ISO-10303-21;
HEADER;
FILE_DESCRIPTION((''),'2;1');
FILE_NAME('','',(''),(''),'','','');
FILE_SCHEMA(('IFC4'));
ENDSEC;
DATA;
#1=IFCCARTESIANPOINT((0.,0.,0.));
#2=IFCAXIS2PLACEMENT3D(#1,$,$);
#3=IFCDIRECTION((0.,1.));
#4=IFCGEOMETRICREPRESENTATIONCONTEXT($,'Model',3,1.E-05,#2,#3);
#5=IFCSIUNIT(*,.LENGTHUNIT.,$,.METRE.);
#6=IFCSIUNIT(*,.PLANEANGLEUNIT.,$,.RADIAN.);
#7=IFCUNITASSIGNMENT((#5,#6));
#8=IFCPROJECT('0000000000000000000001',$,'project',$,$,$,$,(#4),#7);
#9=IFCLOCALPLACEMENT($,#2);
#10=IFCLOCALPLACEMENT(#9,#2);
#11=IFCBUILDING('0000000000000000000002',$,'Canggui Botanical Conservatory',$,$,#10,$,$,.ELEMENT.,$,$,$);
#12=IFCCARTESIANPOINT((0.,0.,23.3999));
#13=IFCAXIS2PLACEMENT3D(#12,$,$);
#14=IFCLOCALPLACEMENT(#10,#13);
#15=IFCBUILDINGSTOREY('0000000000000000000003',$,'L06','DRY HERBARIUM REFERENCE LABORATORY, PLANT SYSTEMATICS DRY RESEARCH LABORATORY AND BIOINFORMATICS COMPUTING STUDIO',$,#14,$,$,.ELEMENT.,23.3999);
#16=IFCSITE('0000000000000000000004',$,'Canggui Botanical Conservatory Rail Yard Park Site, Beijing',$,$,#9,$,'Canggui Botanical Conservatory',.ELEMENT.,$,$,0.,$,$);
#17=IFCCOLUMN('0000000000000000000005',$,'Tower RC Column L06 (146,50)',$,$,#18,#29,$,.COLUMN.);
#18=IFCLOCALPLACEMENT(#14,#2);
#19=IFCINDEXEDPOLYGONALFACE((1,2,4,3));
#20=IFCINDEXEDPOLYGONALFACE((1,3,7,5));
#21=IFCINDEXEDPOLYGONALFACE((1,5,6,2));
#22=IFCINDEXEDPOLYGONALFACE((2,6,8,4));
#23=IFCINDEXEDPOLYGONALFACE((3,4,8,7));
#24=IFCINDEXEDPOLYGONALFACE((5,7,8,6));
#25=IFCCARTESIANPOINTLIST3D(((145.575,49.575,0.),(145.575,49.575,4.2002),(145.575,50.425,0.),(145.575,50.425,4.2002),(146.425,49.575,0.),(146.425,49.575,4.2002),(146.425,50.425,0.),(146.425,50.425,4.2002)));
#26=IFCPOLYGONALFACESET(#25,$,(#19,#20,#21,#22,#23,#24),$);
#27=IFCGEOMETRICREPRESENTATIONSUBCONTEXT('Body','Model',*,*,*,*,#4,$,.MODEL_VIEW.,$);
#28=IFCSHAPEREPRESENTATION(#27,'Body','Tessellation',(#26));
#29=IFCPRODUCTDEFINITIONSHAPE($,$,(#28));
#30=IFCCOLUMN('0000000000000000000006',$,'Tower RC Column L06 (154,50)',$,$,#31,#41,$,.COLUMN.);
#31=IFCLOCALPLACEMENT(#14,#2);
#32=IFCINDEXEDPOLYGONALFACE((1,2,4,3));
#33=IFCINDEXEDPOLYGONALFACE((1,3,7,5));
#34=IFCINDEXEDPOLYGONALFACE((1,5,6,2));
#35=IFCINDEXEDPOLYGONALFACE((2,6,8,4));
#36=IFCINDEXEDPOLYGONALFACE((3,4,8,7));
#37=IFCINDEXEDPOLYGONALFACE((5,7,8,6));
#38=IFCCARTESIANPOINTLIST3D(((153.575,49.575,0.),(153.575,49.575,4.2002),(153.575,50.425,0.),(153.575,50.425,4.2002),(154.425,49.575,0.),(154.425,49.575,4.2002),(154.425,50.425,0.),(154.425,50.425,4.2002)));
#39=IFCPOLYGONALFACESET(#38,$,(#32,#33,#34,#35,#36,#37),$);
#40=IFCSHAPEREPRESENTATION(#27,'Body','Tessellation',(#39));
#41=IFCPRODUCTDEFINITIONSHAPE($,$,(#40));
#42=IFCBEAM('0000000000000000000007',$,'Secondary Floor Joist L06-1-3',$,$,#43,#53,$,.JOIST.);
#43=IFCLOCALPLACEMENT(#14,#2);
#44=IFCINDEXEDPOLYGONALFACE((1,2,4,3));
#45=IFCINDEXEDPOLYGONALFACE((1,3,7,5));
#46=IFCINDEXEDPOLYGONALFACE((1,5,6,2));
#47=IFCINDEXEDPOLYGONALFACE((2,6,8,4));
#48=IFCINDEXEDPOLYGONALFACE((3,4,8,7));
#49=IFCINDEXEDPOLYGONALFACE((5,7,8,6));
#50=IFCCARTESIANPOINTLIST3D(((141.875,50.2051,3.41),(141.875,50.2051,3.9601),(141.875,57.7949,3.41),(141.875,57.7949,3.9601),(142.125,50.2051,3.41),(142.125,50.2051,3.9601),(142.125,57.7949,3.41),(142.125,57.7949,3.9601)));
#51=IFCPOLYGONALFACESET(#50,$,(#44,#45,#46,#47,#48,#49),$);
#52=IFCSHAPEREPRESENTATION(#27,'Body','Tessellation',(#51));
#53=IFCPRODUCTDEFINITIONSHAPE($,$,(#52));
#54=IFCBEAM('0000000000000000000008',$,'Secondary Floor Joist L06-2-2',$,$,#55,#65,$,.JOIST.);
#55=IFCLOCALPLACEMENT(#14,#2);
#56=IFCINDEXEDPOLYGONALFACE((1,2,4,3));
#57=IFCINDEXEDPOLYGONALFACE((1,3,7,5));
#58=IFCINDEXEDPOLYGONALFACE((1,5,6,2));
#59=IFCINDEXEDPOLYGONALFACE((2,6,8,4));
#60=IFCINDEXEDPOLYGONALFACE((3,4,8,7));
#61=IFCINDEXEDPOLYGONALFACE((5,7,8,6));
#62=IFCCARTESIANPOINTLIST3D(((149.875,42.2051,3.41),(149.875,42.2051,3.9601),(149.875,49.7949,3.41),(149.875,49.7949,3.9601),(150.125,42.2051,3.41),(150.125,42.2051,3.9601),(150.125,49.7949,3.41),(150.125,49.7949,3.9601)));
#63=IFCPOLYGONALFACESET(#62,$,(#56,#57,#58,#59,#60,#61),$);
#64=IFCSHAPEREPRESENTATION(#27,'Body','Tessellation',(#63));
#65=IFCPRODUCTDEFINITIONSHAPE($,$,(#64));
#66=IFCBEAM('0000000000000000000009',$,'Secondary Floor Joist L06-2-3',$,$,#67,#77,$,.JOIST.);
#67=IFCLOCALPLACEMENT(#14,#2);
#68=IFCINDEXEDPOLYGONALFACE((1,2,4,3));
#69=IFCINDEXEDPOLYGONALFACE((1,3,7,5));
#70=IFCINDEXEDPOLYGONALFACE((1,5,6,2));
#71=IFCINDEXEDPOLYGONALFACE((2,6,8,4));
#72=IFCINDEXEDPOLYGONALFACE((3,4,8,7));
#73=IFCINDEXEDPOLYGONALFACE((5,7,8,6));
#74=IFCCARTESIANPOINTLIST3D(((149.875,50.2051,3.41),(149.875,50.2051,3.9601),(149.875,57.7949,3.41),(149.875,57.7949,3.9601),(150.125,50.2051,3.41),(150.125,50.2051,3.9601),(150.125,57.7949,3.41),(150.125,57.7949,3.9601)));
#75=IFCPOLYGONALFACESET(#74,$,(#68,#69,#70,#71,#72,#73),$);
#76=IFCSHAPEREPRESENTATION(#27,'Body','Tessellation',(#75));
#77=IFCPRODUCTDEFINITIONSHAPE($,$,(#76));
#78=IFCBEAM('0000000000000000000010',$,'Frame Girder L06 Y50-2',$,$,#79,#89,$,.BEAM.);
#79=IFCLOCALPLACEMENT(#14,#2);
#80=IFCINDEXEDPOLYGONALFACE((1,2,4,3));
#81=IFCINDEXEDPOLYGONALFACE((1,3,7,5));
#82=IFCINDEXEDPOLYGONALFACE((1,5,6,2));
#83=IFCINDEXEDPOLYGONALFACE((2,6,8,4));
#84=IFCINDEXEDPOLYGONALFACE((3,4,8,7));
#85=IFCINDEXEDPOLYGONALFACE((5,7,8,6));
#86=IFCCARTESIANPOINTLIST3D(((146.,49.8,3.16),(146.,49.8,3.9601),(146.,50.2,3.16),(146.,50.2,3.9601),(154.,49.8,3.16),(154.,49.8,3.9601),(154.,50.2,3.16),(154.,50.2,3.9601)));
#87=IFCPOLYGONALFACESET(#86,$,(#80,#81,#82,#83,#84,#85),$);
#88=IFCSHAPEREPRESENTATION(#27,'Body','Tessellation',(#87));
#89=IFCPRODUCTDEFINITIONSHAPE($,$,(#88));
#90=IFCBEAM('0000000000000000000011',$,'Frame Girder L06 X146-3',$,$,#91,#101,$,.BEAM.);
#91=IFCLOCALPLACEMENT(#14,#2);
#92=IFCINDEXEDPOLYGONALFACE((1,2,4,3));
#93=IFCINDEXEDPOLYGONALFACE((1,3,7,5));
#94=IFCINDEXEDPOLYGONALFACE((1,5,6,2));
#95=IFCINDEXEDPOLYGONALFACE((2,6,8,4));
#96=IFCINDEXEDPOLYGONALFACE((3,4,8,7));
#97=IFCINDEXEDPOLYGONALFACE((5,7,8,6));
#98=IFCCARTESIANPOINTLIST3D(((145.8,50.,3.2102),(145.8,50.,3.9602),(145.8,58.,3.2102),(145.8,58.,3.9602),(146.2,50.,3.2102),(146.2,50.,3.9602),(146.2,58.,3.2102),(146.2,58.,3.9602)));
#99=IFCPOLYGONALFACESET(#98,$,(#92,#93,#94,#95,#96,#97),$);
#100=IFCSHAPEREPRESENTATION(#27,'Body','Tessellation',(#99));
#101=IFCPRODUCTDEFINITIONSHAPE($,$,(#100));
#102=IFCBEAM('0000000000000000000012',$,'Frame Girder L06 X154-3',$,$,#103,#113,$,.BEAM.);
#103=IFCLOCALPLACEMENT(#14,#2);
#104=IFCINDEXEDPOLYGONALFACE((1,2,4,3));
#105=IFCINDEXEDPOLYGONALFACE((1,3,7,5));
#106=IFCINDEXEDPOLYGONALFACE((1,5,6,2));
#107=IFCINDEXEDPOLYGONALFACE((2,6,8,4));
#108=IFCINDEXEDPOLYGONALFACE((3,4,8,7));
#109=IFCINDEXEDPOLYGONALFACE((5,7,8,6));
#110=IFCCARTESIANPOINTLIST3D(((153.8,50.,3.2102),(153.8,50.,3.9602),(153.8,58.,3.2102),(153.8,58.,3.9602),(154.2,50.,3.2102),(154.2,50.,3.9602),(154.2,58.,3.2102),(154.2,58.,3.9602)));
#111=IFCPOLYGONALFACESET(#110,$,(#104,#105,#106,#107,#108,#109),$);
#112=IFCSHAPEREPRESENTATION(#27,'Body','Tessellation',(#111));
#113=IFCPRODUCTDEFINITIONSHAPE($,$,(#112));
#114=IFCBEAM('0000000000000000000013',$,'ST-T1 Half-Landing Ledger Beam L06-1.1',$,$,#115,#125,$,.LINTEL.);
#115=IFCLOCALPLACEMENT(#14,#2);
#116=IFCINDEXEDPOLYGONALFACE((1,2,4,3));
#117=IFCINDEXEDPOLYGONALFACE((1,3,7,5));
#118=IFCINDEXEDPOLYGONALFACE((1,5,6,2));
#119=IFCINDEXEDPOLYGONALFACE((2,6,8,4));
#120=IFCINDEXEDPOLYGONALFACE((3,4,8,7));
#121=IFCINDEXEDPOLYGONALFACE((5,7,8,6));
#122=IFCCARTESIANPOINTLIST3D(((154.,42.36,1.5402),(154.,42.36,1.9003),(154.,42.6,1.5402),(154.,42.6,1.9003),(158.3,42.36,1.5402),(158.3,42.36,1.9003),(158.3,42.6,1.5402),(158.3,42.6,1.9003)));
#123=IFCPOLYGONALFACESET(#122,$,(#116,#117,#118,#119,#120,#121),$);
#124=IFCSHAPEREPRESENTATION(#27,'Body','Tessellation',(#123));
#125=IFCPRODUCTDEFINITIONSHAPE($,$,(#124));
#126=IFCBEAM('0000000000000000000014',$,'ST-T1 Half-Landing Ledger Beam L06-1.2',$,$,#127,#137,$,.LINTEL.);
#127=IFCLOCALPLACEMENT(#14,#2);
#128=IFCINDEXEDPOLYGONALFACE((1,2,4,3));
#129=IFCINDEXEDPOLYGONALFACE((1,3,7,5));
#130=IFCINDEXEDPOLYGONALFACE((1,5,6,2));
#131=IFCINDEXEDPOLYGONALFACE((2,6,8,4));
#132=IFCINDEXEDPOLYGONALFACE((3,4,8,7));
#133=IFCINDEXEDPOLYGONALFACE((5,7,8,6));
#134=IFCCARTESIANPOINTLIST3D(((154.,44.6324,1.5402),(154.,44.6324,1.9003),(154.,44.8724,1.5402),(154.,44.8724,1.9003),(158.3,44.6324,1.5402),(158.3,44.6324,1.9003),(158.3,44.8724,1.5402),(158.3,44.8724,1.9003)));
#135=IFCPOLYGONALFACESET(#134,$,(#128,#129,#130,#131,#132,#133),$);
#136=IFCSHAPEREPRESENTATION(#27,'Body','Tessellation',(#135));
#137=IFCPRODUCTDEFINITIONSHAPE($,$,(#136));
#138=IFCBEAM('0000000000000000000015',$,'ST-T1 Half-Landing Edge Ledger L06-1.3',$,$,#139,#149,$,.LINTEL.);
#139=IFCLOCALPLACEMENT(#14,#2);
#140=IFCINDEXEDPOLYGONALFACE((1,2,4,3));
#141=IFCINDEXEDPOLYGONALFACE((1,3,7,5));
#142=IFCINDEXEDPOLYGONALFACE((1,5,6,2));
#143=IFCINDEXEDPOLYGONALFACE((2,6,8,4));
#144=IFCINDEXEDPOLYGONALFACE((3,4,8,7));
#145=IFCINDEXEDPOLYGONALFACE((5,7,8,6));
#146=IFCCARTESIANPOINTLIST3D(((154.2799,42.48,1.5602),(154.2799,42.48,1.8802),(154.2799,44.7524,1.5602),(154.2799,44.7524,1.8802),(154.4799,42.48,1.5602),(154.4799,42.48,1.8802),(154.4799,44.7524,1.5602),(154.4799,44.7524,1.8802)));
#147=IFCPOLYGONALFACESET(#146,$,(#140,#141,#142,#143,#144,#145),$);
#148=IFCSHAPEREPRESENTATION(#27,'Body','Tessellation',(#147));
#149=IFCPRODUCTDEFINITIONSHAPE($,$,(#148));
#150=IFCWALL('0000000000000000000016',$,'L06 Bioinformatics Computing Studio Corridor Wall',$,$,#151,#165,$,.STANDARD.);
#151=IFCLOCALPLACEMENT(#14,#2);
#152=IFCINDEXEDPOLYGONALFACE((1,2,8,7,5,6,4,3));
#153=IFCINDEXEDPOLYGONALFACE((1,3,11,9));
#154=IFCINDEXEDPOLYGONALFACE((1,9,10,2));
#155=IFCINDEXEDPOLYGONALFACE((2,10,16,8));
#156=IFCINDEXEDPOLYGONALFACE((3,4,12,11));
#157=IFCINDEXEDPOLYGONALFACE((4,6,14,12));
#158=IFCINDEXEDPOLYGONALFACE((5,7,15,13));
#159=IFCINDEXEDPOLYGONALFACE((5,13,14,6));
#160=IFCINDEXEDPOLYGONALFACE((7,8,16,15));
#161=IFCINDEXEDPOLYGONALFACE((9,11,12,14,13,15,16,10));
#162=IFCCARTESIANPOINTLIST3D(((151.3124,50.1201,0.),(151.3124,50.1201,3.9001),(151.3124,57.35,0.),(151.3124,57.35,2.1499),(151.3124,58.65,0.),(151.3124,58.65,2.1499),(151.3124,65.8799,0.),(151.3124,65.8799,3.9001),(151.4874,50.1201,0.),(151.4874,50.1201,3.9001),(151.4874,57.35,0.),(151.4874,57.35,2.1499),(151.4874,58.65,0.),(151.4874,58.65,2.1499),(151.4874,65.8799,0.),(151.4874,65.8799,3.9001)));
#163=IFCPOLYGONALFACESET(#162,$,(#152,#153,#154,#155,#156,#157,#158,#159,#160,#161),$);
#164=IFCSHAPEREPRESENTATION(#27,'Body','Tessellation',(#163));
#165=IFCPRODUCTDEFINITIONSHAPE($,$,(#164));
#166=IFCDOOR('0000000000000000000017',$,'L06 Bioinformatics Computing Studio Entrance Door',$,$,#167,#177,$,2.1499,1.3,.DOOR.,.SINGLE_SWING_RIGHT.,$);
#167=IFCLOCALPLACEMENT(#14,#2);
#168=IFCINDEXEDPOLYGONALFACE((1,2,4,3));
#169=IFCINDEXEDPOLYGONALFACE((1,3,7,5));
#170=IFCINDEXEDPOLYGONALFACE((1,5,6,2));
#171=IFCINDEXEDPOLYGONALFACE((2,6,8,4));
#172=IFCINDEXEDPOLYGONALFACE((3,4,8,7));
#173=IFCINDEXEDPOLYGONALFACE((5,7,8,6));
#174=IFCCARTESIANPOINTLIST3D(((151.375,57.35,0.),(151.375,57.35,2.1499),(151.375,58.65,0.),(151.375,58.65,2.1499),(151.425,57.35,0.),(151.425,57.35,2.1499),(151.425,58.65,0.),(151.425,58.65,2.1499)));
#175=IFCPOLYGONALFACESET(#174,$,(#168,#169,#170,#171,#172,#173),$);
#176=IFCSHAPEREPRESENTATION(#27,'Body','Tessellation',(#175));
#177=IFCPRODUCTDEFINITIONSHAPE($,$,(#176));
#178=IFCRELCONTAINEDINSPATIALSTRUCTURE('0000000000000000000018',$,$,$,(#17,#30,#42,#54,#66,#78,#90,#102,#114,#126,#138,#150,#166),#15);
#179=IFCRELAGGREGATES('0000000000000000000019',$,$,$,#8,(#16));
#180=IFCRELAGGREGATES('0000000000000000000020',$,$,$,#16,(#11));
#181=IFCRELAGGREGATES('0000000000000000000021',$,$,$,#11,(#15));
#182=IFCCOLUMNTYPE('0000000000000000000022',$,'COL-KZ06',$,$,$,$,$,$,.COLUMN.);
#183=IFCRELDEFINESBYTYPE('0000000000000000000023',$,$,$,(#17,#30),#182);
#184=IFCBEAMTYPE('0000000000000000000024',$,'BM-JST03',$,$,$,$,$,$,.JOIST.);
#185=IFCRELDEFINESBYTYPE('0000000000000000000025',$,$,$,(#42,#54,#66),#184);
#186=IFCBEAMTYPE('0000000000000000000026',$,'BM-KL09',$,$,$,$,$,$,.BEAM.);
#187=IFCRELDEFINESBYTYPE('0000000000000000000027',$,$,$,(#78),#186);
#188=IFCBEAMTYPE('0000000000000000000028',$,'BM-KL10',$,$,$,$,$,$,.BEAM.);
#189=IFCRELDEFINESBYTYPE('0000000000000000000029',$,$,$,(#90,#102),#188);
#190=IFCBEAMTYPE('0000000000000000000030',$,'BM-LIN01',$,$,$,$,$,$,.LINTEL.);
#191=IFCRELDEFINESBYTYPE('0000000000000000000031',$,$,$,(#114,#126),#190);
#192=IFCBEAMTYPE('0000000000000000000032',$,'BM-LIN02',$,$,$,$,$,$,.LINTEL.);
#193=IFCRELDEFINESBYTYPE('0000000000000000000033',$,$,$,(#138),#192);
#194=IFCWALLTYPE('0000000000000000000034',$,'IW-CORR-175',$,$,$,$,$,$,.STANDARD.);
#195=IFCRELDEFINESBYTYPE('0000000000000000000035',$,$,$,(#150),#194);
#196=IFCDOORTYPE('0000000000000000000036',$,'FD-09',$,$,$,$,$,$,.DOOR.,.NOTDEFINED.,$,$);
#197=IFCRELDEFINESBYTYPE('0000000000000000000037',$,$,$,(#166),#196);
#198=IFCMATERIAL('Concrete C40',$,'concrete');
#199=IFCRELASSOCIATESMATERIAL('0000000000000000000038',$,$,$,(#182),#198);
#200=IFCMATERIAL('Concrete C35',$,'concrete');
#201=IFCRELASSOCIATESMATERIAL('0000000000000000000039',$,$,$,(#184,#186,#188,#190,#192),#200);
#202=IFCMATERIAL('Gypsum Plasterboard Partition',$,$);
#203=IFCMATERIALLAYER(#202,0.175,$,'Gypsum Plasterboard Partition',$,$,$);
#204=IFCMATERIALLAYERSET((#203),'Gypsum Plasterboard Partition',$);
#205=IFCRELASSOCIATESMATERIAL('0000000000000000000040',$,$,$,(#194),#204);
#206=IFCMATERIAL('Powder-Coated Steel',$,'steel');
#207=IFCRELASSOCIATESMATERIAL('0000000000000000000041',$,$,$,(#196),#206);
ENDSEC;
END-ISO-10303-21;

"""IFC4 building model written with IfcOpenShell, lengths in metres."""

from ifc_helpers import new_model, si_unit, direction, frame, frame_2d, origin, origin_2d, place, context, subcontext, project, spatial, rectangle, extrude, material, layer, layer_set, material_profile, profile_set, type_object, element, fill, save


model = new_model("IFC4")

# Units and contexts
model_context = context("Model", 3, precision=1e-05, world=origin(), true_north=direction((0.0, 1.0)))
body_context = subcontext(model_context, "Body", "Model", "MODEL_VIEW")
ifc_project = project(units=[si_unit("LENGTHUNIT", "METRE"), si_unit("PLANEANGLEUNIT", "RADIAN")], contexts=[model_context])

# Site, building, storey
site_placement = place(None, origin())
site = spatial("IfcSite", under=ifc_project, at=site_placement, Name="Canggui Botanical Conservatory Rail Yard Park Site, Beijing", LongName="Canggui Botanical Conservatory", CompositionType="ELEMENT", RefElevation=0.0)
building_placement = place(site_placement, origin())
building = spatial("IfcBuilding", under=site, at=building_placement, Name="Canggui Botanical Conservatory", CompositionType="ELEMENT")
storey_placement = place(building_placement, frame((0.0, 0.0, 23.3999)))
storey = spatial("IfcBuildingStorey", under=building, at=storey_placement, Name="L06", Description="DRY HERBARIUM REFERENCE LABORATORY, PLANT SYSTEMATICS DRY RESEARCH LABORATORY AND BIOINFORMATICS COMPUTING STUDIO", CompositionType="ELEMENT", Elevation=23.3999)

# Columns
ifc_material_1 = material(Name="Concrete C40", Category="concrete")
ifc_material_profile_1 = material_profile(ifc_material_1, rectangle(XDim=0.8501, YDim=0.8501, at=origin_2d()), Name="RC 850x850")
ifc_profile_set_1 = profile_set([ifc_material_profile_1], Name="Concrete C40")
column_type = type_object("IfcColumnType", Name="COL-KZ06", PredefinedType="COLUMN", material=ifc_profile_set_1)
for number, where, z_axis, x_axis, name in (
    (1, (146.0, 50.0, 0.0), (0.0, 0.0, 1.0), (1.0, 0.0, 0.0), "Tower RC Column L06 (146,50)"),
    (2, (154.0, 50.0, 0.0), (0.0, 0.0, 1.0), (1.0, 0.0, 0.0), "Tower RC Column L06 (154,50)"),
):
    element("IfcColumn", number, at=place(storey_placement, frame(where, z_axis=z_axis, x_axis=x_axis)), inside=storey, type_object=column_type, Name=name, PredefinedType="COLUMN", context=body_context, shape_type="SweptSolid", body=[
        extrude(rectangle(XDim=0.8501, YDim=0.8501, at=origin_2d()), origin(), (0.0, 0.0, 1.0), 4.2002),
    ])

# Beams
ifc_material_2 = material(Name="Concrete C35", Category="concrete")
ifc_material_profile_2 = material_profile(ifc_material_2, rectangle(XDim=0.25, YDim=0.55, at=origin_2d()), Name="RB 250x550")
ifc_profile_set_2 = profile_set([ifc_material_profile_2], Name="Concrete C35")
beam_type_1 = type_object("IfcBeamType", Name="BM-JST03", PredefinedType="JOIST", material=ifc_profile_set_2)
for number, where, z_axis, x_axis, name in (
    (3, (142.0, 50.2051, 3.6851), (0.0, 1.0, 0.0), (-1.0, 0.0, 0.0), "Secondary Floor Joist L06-1-3"),
    (4, (150.0, 42.2051, 3.6851), (0.0, 1.0, 0.0), (-1.0, 0.0, 0.0), "Secondary Floor Joist L06-2-2"),
    (5, (150.0, 50.2051, 3.6851), (0.0, 1.0, 0.0), (-1.0, 0.0, 0.0), "Secondary Floor Joist L06-2-3"),
):
    element("IfcBeam", number, at=place(storey_placement, frame(where, z_axis=z_axis, x_axis=x_axis)), inside=storey, type_object=beam_type_1, Name=name, PredefinedType="JOIST", context=body_context, shape_type="SweptSolid", body=[
        extrude(rectangle(XDim=0.25, YDim=0.55, at=origin_2d()), origin(), (0.0, 0.0, 1.0), 7.5898),
    ])
ifc_material_profile_3 = material_profile(ifc_material_2, rectangle(XDim=0.3999, YDim=0.8, at=origin_2d()), Name="RB 400x800")
ifc_profile_set_3 = profile_set([ifc_material_profile_3], Name="Concrete C35")
beam_type_2 = type_object("IfcBeamType", Name="BM-KL09", PredefinedType="BEAM", material=ifc_profile_set_3)
beam_1_placement = place(storey_placement, frame((146.0, 50.0, 3.5601), z_axis=(1.0, 0.0, 0.0), x_axis=(0.0, 1.0, 0.0)))
element("IfcBeam", 6, at=beam_1_placement, inside=storey, type_object=beam_type_2, Name="Frame Girder L06 Y50-2", PredefinedType="BEAM", context=body_context, shape_type="SweptSolid", body=[
    extrude(rectangle(XDim=0.3999, YDim=0.8, at=origin_2d()), origin(), (0.0, 0.0, 1.0), 8.0),
])
ifc_material_profile_4 = material_profile(ifc_material_2, rectangle(XDim=0.3999, YDim=0.75, at=origin_2d()), Name="RB 400x750")
ifc_profile_set_4 = profile_set([ifc_material_profile_4], Name="Concrete C35")
beam_type_3 = type_object("IfcBeamType", Name="BM-KL10", PredefinedType="BEAM", material=ifc_profile_set_4)
for number, where, z_axis, x_axis, name in (
    (7, (146.0, 50.0, 3.5852), (0.0, 1.0, 0.0), (-1.0, 0.0, 0.0), "Frame Girder L06 X146-3"),
    (8, (154.0, 50.0, 3.5852), (0.0, 1.0, 0.0), (-1.0, 0.0, 0.0), "Frame Girder L06 X154-3"),
):
    element("IfcBeam", number, at=place(storey_placement, frame(where, z_axis=z_axis, x_axis=x_axis)), inside=storey, type_object=beam_type_3, Name=name, PredefinedType="BEAM", context=body_context, shape_type="SweptSolid", body=[
        extrude(rectangle(XDim=0.3999, YDim=0.75, at=origin_2d()), origin(), (0.0, 0.0, 1.0), 8.0),
    ])
ifc_material_profile_5 = material_profile(ifc_material_2, rectangle(XDim=0.24, YDim=0.3601, at=origin_2d()), Name="RB 240x360")
ifc_profile_set_5 = profile_set([ifc_material_profile_5], Name="Concrete C35")
beam_type_4 = type_object("IfcBeamType", Name="BM-LIN01", PredefinedType="LINTEL", material=ifc_profile_set_5)
for number, where, z_axis, x_axis, name in (
    (9, (154.0, 42.48, 1.7202), (1.0, 0.0, 0.0), (0.0, 1.0, 0.0), "ST-T1 Half-Landing Ledger Beam L06-1.1"),
    (10, (154.0, 44.7524, 1.7202), (1.0, 0.0, 0.0), (0.0, 1.0, 0.0), "ST-T1 Half-Landing Ledger Beam L06-1.2"),
):
    element("IfcBeam", number, at=place(storey_placement, frame(where, z_axis=z_axis, x_axis=x_axis)), inside=storey, type_object=beam_type_4, Name=name, PredefinedType="LINTEL", context=body_context, shape_type="SweptSolid", body=[
        extrude(rectangle(XDim=0.24, YDim=0.3601, at=origin_2d()), origin(), (0.0, 0.0, 1.0), 4.3),
    ])
ifc_material_profile_6 = material_profile(ifc_material_2, rectangle(XDim=0.2, YDim=0.3201, at=origin_2d()), Name="RB 200x320")
ifc_profile_set_6 = profile_set([ifc_material_profile_6], Name="Concrete C35")
beam_type_5 = type_object("IfcBeamType", Name="BM-LIN02", PredefinedType="LINTEL", material=ifc_profile_set_6)
beam_2_placement = place(storey_placement, frame((154.3799, 42.48, 1.7202), z_axis=(0.0, 1.0, 0.0), x_axis=(-1.0, 0.0, 0.0)))
element("IfcBeam", 11, at=beam_2_placement, inside=storey, type_object=beam_type_5, Name="ST-T1 Half-Landing Edge Ledger L06-1.3", PredefinedType="LINTEL", context=body_context, shape_type="SweptSolid", body=[
    extrude(rectangle(XDim=0.2, YDim=0.3201, at=origin_2d()), origin(), (0.0, 0.0, 1.0), 2.2725),
])

# Wall, opening, door
ifc_material_3 = material(Name="Gypsum Plasterboard Partition")
ifc_layer_1 = layer(ifc_material_3, 0.175, Name="Gypsum Plasterboard Partition")
ifc_layer_set_1 = layer_set([ifc_layer_1], Name="Gypsum Plasterboard Partition")
wall_type_1 = type_object("IfcWallType", Name="IW-CORR-175", PredefinedType="STANDARD", material=ifc_layer_set_1)
wall_1_placement = place(storey_placement, frame((151.3999, 50.1201, 0.0), z_axis=(0.0, 0.0, 1.0), x_axis=(0.0, 1.0, 0.0)))
wall_1 = element("IfcWall", 12, at=wall_1_placement, inside=storey, type_object=wall_type_1, Name="L06 Bioinformatics Computing Studio Corridor Wall", PredefinedType="STANDARD", context=body_context, shape_type="SweptSolid", body=[
    extrude(rectangle(XDim=15.7598, YDim=0.175, at=frame_2d((7.8799, 0.0))), origin(), (0.0, 0.0, 1.0), 3.9001),
])
opening_1_placement = place(wall_1_placement, frame((7.23, 0.0, 0.0)))
opening_1 = element("IfcOpeningElement", 13, at=opening_1_placement, cuts=wall_1, PredefinedType="OPENING", context=body_context, shape_type="SweptSolid", body=[
    extrude(rectangle(XDim=1.3, YDim=2.1499, at=frame_2d((0.6499, 1.075))), frame((0.0, 0.0977, 0.0), z_axis=(0.0, -1.0, 0.0), x_axis=(1.0, 0.0, 0.0)), (0.0, 0.0, 1.0), 0.1951),
])
ifc_material_4 = material(Name="Powder-Coated Steel", Category="steel")
door_type_1 = type_object("IfcDoorType", Name="FD-09", OperationType="NOTDEFINED", PredefinedType="DOOR", material=ifc_material_4)
door_1_placement = place(opening_1_placement, origin())
door_1 = element("IfcDoor", 14, at=door_1_placement, inside=storey, type_object=door_type_1, Name="L06 Bioinformatics Computing Studio Entrance Door", OperationType="SINGLE_SWING_RIGHT", OverallHeight=2.1499, OverallWidth=1.3, PredefinedType="DOOR", context=body_context, shape_type="SweptSolid", body=[
    extrude(rectangle(XDim=1.3, YDim=2.1499, at=frame_2d((0.6499, 1.075))), frame((0.0, 0.0249, 0.0), z_axis=(0.0, -1.0, 0.0), x_axis=(1.0, 0.0, 0.0)), (0.0, 0.0, 1.0), 0.05),
])
fill(opening_1, door_1)

save(model, "model.ifc")
